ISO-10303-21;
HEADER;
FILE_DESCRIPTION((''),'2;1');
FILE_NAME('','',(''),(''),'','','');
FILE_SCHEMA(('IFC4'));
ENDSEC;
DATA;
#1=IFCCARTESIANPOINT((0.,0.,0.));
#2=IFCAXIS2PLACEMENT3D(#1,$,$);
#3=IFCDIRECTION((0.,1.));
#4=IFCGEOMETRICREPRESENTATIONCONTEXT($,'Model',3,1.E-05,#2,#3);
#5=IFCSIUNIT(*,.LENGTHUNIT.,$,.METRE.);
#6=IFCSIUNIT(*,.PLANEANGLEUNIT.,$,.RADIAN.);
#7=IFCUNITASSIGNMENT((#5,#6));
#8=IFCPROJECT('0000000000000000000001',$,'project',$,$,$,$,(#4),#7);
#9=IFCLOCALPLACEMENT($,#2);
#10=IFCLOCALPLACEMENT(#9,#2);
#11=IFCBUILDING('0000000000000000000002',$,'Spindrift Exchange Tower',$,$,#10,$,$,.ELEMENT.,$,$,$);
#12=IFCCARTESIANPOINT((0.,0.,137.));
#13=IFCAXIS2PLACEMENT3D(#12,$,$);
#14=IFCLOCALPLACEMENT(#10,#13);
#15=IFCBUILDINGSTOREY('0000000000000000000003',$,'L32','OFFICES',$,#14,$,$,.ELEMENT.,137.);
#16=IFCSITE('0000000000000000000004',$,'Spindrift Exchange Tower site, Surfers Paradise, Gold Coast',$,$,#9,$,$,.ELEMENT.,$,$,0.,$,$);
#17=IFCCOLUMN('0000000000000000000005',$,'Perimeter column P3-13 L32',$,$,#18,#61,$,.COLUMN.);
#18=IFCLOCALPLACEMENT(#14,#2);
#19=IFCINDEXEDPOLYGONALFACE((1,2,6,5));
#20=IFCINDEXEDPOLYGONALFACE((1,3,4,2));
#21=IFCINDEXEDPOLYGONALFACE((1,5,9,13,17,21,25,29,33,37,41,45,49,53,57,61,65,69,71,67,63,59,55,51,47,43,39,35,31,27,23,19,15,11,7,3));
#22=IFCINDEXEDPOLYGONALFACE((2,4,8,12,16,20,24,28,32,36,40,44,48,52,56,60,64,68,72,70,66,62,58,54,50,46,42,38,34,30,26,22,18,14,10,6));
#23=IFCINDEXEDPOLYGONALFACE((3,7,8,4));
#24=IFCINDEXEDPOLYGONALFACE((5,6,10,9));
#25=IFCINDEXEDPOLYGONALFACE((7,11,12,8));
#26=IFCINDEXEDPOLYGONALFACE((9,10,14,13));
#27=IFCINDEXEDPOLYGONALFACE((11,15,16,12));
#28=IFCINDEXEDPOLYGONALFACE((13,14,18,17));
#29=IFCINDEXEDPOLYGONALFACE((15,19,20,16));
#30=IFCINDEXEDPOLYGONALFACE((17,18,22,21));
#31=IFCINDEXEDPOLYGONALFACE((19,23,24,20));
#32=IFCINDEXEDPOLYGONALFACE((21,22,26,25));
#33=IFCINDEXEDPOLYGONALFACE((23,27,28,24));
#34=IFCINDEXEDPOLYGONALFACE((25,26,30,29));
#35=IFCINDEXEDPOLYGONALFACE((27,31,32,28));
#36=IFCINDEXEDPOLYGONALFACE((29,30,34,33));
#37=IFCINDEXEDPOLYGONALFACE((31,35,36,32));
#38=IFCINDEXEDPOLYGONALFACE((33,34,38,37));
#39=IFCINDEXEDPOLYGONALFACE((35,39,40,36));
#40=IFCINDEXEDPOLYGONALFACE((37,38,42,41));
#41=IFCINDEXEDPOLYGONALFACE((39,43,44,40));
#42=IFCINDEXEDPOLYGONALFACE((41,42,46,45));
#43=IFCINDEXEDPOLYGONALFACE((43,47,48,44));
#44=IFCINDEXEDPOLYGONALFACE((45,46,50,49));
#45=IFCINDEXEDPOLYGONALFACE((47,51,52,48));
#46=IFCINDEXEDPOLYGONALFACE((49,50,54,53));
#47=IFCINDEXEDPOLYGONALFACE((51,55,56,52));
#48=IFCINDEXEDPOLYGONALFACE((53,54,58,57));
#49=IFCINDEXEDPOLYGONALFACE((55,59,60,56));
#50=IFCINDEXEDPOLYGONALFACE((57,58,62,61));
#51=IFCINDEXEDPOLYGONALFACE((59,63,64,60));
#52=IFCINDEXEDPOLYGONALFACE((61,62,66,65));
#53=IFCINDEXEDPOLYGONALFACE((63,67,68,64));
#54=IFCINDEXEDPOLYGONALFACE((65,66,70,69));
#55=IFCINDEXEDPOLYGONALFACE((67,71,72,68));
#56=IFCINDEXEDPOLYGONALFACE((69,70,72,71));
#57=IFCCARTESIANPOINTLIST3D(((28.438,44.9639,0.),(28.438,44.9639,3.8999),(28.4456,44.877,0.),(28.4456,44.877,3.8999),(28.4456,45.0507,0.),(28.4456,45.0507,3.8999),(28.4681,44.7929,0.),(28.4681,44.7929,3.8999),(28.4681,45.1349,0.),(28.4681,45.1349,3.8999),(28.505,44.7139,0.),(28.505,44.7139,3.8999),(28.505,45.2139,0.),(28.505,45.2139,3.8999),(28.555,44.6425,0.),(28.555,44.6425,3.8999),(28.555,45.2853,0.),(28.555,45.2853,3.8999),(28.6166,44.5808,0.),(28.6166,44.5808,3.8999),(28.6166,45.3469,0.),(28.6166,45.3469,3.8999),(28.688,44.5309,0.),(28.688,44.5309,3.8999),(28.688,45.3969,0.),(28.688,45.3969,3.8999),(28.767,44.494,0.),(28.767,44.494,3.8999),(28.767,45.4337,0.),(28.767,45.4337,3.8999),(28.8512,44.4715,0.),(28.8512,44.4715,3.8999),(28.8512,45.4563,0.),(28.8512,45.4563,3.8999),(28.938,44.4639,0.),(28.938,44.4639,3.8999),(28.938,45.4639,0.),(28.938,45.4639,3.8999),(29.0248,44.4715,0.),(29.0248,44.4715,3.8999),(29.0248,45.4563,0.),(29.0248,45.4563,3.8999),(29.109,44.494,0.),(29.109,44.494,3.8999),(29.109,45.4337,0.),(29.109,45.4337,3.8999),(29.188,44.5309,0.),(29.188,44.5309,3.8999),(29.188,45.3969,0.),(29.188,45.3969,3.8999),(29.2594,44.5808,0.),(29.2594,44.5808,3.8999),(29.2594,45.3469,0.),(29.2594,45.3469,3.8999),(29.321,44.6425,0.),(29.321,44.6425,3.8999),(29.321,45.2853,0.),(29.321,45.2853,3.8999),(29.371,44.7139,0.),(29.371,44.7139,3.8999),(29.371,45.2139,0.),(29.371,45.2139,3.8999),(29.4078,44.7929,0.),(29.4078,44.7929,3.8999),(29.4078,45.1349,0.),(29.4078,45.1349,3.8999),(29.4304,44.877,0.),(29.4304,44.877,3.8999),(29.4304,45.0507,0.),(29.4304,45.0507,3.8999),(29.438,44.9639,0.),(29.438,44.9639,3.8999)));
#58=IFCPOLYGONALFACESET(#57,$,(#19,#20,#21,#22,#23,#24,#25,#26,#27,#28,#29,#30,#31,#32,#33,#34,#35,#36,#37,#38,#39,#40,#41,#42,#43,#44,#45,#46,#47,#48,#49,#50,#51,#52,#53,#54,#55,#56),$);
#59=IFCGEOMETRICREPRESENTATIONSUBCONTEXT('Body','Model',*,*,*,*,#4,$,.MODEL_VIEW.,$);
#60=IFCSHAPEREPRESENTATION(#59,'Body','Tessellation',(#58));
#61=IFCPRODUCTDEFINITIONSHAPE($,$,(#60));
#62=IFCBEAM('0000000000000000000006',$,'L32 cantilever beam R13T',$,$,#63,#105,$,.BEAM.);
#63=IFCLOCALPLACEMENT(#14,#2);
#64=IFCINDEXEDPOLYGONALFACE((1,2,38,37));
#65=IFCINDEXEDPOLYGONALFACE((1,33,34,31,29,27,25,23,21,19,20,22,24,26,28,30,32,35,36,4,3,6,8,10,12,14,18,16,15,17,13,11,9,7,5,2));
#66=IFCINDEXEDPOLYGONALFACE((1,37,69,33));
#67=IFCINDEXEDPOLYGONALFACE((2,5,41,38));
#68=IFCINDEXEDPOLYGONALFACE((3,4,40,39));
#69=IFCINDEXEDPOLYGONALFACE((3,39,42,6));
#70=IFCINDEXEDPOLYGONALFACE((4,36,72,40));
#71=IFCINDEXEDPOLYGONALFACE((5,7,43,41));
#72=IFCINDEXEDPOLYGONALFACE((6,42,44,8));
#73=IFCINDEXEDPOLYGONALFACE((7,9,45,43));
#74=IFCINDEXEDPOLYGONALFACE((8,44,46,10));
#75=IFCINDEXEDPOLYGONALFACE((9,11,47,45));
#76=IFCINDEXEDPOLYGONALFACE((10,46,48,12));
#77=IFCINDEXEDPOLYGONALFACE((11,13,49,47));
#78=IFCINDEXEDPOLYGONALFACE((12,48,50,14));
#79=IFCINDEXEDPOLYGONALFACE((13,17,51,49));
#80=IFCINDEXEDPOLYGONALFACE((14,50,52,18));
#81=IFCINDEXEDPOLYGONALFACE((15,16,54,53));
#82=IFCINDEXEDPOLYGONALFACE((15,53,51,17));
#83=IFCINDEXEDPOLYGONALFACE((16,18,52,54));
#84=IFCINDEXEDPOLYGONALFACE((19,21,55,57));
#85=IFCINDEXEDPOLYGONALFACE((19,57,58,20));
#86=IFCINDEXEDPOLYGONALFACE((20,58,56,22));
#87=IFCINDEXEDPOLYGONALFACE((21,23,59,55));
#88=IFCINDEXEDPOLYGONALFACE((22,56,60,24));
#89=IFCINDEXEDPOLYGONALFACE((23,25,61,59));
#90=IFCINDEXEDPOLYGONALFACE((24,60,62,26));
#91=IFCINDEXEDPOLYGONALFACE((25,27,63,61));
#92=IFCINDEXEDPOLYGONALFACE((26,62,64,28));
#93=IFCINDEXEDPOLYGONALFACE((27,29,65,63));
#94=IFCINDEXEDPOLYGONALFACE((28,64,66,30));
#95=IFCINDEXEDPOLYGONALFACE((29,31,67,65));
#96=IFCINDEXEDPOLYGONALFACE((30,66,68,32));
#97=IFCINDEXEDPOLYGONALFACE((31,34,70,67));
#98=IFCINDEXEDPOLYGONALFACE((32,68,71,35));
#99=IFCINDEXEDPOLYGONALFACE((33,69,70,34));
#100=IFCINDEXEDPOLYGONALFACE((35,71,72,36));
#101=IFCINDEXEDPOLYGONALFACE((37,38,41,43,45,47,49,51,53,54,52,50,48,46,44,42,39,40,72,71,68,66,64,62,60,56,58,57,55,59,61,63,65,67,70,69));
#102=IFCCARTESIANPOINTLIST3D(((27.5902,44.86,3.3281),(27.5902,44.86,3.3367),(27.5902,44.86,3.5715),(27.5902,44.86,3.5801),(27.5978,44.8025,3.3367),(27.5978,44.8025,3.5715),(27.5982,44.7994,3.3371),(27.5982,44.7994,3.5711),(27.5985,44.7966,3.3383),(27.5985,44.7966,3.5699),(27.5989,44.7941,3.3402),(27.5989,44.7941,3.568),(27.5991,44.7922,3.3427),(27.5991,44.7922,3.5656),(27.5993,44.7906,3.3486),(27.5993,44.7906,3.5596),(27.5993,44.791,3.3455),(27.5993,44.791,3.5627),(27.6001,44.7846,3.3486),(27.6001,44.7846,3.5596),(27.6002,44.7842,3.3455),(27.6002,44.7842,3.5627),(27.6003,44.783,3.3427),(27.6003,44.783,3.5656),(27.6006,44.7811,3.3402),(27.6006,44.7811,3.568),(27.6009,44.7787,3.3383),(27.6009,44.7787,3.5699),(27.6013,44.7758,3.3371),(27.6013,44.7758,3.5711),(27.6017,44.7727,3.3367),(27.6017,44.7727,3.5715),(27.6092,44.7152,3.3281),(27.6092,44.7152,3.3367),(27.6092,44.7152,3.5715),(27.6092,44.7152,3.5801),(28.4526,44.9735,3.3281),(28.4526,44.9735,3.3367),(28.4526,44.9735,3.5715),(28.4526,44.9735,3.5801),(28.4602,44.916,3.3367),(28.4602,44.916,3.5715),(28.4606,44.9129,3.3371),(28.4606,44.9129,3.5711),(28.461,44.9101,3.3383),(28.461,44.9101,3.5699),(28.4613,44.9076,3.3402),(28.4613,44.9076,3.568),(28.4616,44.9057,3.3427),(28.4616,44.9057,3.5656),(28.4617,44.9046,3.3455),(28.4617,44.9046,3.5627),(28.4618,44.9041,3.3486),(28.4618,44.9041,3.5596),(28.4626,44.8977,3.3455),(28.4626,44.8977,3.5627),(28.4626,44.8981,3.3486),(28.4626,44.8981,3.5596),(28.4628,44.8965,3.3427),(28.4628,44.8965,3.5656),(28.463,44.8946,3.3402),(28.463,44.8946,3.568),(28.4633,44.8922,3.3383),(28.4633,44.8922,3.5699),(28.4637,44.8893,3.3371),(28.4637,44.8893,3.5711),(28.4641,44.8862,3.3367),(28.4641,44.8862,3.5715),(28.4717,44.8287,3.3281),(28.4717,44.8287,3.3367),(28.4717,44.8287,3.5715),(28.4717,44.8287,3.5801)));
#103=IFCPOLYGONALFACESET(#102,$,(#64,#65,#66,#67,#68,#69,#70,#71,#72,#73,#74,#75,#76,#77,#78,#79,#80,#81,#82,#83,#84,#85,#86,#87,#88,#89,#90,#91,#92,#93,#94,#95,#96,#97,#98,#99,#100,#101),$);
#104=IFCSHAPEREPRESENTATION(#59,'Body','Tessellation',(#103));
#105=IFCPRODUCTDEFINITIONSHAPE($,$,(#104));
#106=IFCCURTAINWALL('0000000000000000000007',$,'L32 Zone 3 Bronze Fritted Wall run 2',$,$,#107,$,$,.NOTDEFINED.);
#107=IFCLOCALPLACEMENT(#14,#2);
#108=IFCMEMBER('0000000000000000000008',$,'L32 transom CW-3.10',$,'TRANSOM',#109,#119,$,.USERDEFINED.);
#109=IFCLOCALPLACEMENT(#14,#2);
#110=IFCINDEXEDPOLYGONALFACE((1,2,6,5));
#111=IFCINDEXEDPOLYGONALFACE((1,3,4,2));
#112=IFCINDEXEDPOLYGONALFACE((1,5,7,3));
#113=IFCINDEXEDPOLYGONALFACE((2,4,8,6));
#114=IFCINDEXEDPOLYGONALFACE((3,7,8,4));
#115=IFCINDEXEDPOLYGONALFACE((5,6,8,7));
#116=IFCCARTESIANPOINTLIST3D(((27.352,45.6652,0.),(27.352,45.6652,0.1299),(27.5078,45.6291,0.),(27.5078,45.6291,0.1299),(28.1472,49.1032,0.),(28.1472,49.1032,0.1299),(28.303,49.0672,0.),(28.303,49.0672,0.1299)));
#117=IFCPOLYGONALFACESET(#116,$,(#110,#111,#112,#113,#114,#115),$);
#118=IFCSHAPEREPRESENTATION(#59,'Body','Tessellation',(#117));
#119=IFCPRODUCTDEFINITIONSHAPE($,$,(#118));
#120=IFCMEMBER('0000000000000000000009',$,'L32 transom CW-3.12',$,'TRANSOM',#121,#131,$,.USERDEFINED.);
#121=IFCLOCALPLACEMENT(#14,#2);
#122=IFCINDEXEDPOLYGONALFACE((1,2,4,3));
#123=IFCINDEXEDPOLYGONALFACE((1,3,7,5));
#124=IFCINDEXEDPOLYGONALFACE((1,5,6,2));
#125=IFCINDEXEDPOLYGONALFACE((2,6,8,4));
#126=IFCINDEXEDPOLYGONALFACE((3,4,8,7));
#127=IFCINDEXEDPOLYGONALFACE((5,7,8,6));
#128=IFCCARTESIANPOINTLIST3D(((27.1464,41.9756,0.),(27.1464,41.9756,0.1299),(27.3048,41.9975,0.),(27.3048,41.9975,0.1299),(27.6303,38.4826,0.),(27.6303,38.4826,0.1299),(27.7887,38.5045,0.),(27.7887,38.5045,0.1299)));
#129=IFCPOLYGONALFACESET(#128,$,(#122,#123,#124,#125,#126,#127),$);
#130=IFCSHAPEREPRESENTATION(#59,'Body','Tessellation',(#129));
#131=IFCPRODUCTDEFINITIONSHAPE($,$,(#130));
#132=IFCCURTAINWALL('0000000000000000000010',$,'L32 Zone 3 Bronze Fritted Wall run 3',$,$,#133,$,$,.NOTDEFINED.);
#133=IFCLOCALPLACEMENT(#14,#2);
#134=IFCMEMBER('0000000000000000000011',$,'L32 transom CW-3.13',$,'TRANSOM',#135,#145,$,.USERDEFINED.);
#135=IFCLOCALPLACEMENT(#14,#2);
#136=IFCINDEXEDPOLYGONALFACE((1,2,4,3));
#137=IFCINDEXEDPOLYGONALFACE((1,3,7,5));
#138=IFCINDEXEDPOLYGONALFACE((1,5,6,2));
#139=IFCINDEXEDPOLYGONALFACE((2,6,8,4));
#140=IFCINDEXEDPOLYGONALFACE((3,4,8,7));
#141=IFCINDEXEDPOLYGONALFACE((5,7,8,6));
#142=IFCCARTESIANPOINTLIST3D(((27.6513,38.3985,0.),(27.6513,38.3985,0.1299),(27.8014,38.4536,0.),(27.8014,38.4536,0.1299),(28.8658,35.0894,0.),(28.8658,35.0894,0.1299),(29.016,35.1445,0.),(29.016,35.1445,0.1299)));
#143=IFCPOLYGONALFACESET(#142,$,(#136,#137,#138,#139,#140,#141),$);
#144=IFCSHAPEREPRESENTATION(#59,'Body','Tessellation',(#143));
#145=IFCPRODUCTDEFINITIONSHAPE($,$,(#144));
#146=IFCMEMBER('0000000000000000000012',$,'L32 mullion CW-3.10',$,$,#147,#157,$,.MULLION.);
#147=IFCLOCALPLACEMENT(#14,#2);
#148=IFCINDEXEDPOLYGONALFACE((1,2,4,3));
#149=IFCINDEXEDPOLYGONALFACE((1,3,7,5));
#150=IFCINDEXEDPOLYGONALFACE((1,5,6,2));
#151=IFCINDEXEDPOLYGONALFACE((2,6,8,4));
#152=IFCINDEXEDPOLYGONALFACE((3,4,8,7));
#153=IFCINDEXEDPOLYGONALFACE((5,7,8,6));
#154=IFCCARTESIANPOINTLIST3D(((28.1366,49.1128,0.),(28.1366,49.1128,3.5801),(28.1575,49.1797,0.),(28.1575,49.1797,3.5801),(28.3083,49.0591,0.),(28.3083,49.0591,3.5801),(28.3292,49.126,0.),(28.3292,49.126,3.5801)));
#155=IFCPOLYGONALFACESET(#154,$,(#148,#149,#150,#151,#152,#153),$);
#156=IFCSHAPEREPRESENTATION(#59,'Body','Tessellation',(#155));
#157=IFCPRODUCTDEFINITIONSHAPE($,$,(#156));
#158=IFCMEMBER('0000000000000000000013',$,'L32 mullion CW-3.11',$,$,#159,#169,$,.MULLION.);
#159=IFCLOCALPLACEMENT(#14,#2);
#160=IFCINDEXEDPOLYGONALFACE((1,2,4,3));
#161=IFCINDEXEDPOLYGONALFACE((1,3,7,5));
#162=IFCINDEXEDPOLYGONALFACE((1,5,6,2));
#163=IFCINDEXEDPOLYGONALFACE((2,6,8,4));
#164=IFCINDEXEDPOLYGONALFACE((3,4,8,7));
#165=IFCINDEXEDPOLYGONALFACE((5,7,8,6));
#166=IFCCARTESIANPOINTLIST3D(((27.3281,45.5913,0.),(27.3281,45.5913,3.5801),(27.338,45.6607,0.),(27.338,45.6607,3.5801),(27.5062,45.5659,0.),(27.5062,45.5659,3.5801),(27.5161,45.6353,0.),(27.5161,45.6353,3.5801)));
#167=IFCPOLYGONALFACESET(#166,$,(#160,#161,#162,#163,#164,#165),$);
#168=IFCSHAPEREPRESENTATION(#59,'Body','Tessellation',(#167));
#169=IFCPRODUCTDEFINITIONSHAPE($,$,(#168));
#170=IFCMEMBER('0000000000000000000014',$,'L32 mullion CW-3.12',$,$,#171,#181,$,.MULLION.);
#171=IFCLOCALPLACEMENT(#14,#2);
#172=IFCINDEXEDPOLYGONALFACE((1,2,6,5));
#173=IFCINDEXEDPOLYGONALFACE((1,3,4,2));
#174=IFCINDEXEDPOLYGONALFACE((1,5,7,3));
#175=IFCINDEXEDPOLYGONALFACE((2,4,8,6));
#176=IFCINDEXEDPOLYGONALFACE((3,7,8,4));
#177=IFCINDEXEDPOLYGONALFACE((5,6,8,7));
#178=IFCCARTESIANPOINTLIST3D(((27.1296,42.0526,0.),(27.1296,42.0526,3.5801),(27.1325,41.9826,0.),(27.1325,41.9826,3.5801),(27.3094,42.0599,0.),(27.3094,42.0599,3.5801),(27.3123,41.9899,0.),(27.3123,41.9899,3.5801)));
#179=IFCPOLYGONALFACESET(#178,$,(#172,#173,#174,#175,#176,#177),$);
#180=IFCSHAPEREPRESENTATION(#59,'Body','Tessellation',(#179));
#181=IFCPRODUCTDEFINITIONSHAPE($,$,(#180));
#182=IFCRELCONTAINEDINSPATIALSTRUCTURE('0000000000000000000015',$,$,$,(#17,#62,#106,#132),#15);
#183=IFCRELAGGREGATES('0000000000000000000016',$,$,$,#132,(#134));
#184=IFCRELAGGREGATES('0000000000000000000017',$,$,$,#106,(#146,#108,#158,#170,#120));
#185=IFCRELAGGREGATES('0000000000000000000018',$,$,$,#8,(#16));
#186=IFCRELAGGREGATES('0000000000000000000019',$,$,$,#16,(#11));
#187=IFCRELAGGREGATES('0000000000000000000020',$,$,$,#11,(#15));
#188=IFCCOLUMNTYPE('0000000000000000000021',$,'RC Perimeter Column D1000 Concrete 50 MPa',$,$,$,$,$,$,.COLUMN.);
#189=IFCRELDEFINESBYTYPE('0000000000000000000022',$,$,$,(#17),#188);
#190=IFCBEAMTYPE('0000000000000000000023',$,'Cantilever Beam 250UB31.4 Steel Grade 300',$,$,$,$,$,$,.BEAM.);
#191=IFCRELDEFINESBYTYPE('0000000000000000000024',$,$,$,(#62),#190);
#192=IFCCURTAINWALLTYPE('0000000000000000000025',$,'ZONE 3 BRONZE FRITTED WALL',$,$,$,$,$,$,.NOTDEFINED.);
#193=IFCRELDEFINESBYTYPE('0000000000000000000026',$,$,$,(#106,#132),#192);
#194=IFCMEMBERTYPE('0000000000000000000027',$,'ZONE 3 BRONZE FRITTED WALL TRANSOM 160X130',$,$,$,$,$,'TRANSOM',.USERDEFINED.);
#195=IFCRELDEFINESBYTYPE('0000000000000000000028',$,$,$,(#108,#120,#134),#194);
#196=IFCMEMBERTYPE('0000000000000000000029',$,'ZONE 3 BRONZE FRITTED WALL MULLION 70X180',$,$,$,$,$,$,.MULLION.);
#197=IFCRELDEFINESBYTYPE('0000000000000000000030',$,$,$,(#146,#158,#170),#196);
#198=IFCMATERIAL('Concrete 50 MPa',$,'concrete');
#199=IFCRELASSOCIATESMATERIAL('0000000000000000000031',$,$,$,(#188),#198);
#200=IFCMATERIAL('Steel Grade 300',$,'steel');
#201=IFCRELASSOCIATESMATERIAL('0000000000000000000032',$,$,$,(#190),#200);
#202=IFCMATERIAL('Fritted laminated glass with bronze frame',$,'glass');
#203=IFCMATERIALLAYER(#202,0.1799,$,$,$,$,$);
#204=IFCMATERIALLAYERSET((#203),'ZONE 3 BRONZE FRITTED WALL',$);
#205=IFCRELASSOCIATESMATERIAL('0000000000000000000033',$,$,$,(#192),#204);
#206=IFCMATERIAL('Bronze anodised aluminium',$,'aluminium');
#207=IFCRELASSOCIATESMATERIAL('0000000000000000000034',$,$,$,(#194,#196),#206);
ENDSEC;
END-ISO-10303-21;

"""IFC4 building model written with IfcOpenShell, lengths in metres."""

from ifc_helpers import new_model, si_unit, direction, frame, origin, origin_2d, place, context, subcontext, project, spatial, rectangle, circle, i_section, extrude, source, transform, mapped, material, layer, layer_set, material_profile, profile_set, type_object, element, aggregate, save


model = new_model("IFC4")

# Units and contexts
model_context = context("Model", 3, precision=1e-05, world=origin(), true_north=direction((0.0, 1.0)))
body_context = subcontext(model_context, "Body", "Model", "MODEL_VIEW")
ifc_project = project(units=[si_unit("LENGTHUNIT", "METRE"), si_unit("PLANEANGLEUNIT", "RADIAN")], contexts=[model_context])

# Site, building, storey
site_placement = place(None, origin())
site = spatial("IfcSite", under=ifc_project, at=site_placement, Name="Spindrift Exchange Tower site, Surfers Paradise, Gold Coast", CompositionType="ELEMENT", RefElevation=0.0)
building_placement = place(site_placement, origin())
building = spatial("IfcBuilding", under=site, at=building_placement, Name="Spindrift Exchange Tower", CompositionType="ELEMENT")
storey_placement = place(building_placement, frame((0.0, 0.0, 137.0)))
storey = spatial("IfcBuildingStorey", under=building, at=storey_placement, Name="L32", Description="OFFICES", CompositionType="ELEMENT", Elevation=137.0)

# Column
ifc_material_1 = material(Name="Concrete 50 MPa", Category="concrete")
ifc_material_profile_1 = material_profile(ifc_material_1, circle(Radius=0.5, at=origin_2d()), Name="RC D1000")
ifc_profile_set_1 = profile_set([ifc_material_profile_1], Name="Concrete 50 MPa")
column_type = type_object("IfcColumnType", Name="RC Perimeter Column D1000 Concrete 50 MPa", PredefinedType="COLUMN", material=ifc_profile_set_1)
shared_shape_1 = source(origin(), body_context, "Body", "SweptSolid", [
    extrude(circle(Radius=0.5, at=origin_2d()), origin(), (0.0, 0.0, 1.0), 3.8999),
])
column_placement = place(storey_placement, frame((28.938, 44.9639, 0.0), z_axis=(0.0, 0.0, 1.0), x_axis=(1.0, 0.0, 0.0)))
element("IfcColumn", 1, at=column_placement, inside=storey, type_object=column_type, Name="Perimeter column P3-13 L32", PredefinedType="COLUMN", context=body_context, shape_type="MappedRepresentation", body=[
    mapped(shared_shape_1, transform((0.0, 0.0, 0.0), scale=1.0)),
])

# Beam
ifc_material_2 = material(Name="Steel Grade 300", Category="steel")
ifc_material_profile_2 = material_profile(ifc_material_2, i_section(OverallWidth=0.146, OverallDepth=0.252, WebThickness=0.0061, FlangeThickness=0.0085, FilletRadius=0.012, at=origin_2d()), Name="250UB31.4")
ifc_profile_set_2 = profile_set([ifc_material_profile_2], Name="Steel Grade 300")
beam_type = type_object("IfcBeamType", Name="Cantilever Beam 250UB31.4 Steel Grade 300", PredefinedType="BEAM", material=ifc_profile_set_2)
shared_shape_2 = source(origin(), body_context, "Body", "SweptSolid", [
    extrude(i_section(OverallWidth=0.146, OverallDepth=0.252, WebThickness=0.0061, FlangeThickness=0.0085, FilletRadius=0.012, at=origin_2d()), origin(), (0.0, 0.0, 1.0), 0.8699),
])
beam_placement = place(storey_placement, frame((28.4622, 44.9011, 3.4541), z_axis=(-0.99145, -0.130491, 0.0), x_axis=(0.130491, -0.99145, 0.0)))
element("IfcBeam", 2, at=beam_placement, inside=storey, type_object=beam_type, Name="L32 cantilever beam R13T", PredefinedType="BEAM", context=body_context, shape_type="MappedRepresentation", body=[
    mapped(shared_shape_2, transform((0.0, 0.0, 0.0), scale=1.0)),
])

# Curtain wall, members
ifc_material_3 = material(Name="Fritted laminated glass with bronze frame", Category="glass")
ifc_layer_1 = layer(ifc_material_3, 0.1799)
ifc_layer_set_1 = layer_set([ifc_layer_1], Name="ZONE 3 BRONZE FRITTED WALL")
curtain_wall_type = type_object("IfcCurtainWallType", Name="ZONE 3 BRONZE FRITTED WALL", PredefinedType="NOTDEFINED", material=ifc_layer_set_1)
curtain_wall_1_placement = place(storey_placement, origin())
curtain_wall_1 = element("IfcCurtainWall", 3, at=curtain_wall_1_placement, inside=storey, type_object=curtain_wall_type, Name="L32 Zone 3 Bronze Fritted Wall run 2", PredefinedType="NOTDEFINED")
ifc_material_4 = material(Name="Bronze anodised aluminium", Category="aluminium")
ifc_material_profile_3 = material_profile(ifc_material_4, rectangle(XDim=0.1599, YDim=0.1299, at=origin_2d()), Name="ZONE 3 BRONZE FRITTED WALL TRANSOM 160X130")
ifc_profile_set_3 = profile_set([ifc_material_profile_3], Name="Bronze anodised aluminium")
member_type_1 = type_object("IfcMemberType", Name="ZONE 3 BRONZE FRITTED WALL TRANSOM 160X130", ElementType="TRANSOM", PredefinedType="USERDEFINED", material=ifc_profile_set_3)
shared_shape_3 = source(origin(), body_context, "Body", "SweptSolid", [
    extrude(rectangle(XDim=0.1599, YDim=0.1299, at=origin_2d()), origin(), (0.0, 0.0, 1.0), 3.5288),
])
member_1_placement = place(storey_placement, frame((28.2251, 49.0852, 0.0649), z_axis=(-0.22534, -0.97428, 0.0), x_axis=(0.97428, -0.22534, 0.0)))
member_1 = element("IfcMember", 4, at=member_1_placement, type_object=member_type_1, Name="L32 transom CW-3.10", ObjectType="TRANSOM", PredefinedType="USERDEFINED", context=body_context, shape_type="MappedRepresentation", body=[
    mapped(shared_shape_3, transform((0.0, 0.0, 0.0), scale=1.0)),
])
shared_shape_4 = source(origin(), body_context, "Body", "SweptSolid", [
    extrude(rectangle(XDim=0.1599, YDim=0.1299, at=origin_2d()), origin(), (0.0, 0.0, 1.0), 3.5264),
])
member_2_placement = place(storey_placement, frame((27.2256, 41.9866, 0.0649), z_axis=(0.137223, -0.99054, 0.0), x_axis=(0.99054, 0.137223, 0.0)))
member_2 = element("IfcMember", 5, at=member_2_placement, type_object=member_type_1, Name="L32 transom CW-3.12", ObjectType="TRANSOM", PredefinedType="USERDEFINED", context=body_context, shape_type="MappedRepresentation", body=[
    mapped(shared_shape_4, transform((0.0, 0.0, 0.0), scale=1.0)),
])

# Curtain wall, member
curtain_wall_2_placement = place(storey_placement, origin())
curtain_wall_2 = element("IfcCurtainWall", 6, at=curtain_wall_2_placement, inside=storey, type_object=curtain_wall_type, Name="L32 Zone 3 Bronze Fritted Wall run 3", PredefinedType="NOTDEFINED")
shared_shape_5 = source(origin(), body_context, "Body", "SweptSolid", [
    extrude(rectangle(XDim=0.1599, YDim=0.1299, at=origin_2d()), origin(), (0.0, 0.0, 1.0), 3.5249),
])
member_3_placement = place(storey_placement, frame((27.7263, 38.426, 0.0649), z_axis=(0.344572, -0.93876, 0.0), x_axis=(0.93876, 0.344572, 0.0)))
member_3 = element("IfcMember", 7, at=member_3_placement, type_object=member_type_1, Name="L32 transom CW-3.13", ObjectType="TRANSOM", PredefinedType="USERDEFINED", context=body_context, shape_type="MappedRepresentation", body=[
    mapped(shared_shape_5, transform((0.0, 0.0, 0.0), scale=1.0)),
])

# Members
ifc_material_profile_4 = material_profile(ifc_material_4, rectangle(XDim=0.0701, YDim=0.1799, at=origin_2d()), Name="ZONE 3 BRONZE FRITTED WALL MULLION 70X180")
ifc_profile_set_4 = profile_set([ifc_material_profile_4], Name="Bronze anodised aluminium")
member_type_2 = type_object("IfcMemberType", Name="ZONE 3 BRONZE FRITTED WALL MULLION 70X180", PredefinedType="MULLION", material=ifc_profile_set_4)
shared_shape_6 = source(origin(), body_context, "Body", "SweptSolid", [
    extrude(rectangle(XDim=0.0701, YDim=0.1799, at=origin_2d()), origin(), (0.0, 0.0, 1.0), 3.5801),
])
member_4_placement = place(storey_placement, frame((28.2329, 49.1194, 0.0), z_axis=(0.0, 0.0, 1.0), x_axis=(-0.298363, -0.954452, 0.0)))
member_4 = element("IfcMember", 8, at=member_4_placement, type_object=member_type_2, Name="L32 mullion CW-3.10", PredefinedType="MULLION", context=body_context, shape_type="MappedRepresentation", body=[
    mapped(shared_shape_6, transform((0.0, 0.0, 0.0), scale=1.0)),
])
member_5_placement = place(storey_placement, frame((27.4221, 45.6133, 0.0), z_axis=(0.0, 0.0, 1.0), x_axis=(-0.141132, -0.989991, 0.0)))
member_5 = element("IfcMember", 9, at=member_5_placement, type_object=member_type_2, Name="L32 mullion CW-3.11", PredefinedType="MULLION", context=body_context, shape_type="MappedRepresentation", body=[
    mapped(shared_shape_6, transform((0.0, 0.0, 0.0), scale=1.0)),
])
member_6_placement = place(storey_placement, frame((27.2209, 42.0212, 0.0), z_axis=(0.0, 0.0, 1.0), x_axis=(0.040826, -0.999166, 0.0)))
member_6 = element("IfcMember", 10, at=member_6_placement, type_object=member_type_2, Name="L32 mullion CW-3.12", PredefinedType="MULLION", context=body_context, shape_type="MappedRepresentation", body=[
    mapped(shared_shape_6, transform((0.0, 0.0, 0.0), scale=1.0)),
])
aggregate(curtain_wall_2, [member_3])

aggregate(curtain_wall_1, [member_4, member_1, member_5, member_6, member_2])

save(model, "model.ifc")
